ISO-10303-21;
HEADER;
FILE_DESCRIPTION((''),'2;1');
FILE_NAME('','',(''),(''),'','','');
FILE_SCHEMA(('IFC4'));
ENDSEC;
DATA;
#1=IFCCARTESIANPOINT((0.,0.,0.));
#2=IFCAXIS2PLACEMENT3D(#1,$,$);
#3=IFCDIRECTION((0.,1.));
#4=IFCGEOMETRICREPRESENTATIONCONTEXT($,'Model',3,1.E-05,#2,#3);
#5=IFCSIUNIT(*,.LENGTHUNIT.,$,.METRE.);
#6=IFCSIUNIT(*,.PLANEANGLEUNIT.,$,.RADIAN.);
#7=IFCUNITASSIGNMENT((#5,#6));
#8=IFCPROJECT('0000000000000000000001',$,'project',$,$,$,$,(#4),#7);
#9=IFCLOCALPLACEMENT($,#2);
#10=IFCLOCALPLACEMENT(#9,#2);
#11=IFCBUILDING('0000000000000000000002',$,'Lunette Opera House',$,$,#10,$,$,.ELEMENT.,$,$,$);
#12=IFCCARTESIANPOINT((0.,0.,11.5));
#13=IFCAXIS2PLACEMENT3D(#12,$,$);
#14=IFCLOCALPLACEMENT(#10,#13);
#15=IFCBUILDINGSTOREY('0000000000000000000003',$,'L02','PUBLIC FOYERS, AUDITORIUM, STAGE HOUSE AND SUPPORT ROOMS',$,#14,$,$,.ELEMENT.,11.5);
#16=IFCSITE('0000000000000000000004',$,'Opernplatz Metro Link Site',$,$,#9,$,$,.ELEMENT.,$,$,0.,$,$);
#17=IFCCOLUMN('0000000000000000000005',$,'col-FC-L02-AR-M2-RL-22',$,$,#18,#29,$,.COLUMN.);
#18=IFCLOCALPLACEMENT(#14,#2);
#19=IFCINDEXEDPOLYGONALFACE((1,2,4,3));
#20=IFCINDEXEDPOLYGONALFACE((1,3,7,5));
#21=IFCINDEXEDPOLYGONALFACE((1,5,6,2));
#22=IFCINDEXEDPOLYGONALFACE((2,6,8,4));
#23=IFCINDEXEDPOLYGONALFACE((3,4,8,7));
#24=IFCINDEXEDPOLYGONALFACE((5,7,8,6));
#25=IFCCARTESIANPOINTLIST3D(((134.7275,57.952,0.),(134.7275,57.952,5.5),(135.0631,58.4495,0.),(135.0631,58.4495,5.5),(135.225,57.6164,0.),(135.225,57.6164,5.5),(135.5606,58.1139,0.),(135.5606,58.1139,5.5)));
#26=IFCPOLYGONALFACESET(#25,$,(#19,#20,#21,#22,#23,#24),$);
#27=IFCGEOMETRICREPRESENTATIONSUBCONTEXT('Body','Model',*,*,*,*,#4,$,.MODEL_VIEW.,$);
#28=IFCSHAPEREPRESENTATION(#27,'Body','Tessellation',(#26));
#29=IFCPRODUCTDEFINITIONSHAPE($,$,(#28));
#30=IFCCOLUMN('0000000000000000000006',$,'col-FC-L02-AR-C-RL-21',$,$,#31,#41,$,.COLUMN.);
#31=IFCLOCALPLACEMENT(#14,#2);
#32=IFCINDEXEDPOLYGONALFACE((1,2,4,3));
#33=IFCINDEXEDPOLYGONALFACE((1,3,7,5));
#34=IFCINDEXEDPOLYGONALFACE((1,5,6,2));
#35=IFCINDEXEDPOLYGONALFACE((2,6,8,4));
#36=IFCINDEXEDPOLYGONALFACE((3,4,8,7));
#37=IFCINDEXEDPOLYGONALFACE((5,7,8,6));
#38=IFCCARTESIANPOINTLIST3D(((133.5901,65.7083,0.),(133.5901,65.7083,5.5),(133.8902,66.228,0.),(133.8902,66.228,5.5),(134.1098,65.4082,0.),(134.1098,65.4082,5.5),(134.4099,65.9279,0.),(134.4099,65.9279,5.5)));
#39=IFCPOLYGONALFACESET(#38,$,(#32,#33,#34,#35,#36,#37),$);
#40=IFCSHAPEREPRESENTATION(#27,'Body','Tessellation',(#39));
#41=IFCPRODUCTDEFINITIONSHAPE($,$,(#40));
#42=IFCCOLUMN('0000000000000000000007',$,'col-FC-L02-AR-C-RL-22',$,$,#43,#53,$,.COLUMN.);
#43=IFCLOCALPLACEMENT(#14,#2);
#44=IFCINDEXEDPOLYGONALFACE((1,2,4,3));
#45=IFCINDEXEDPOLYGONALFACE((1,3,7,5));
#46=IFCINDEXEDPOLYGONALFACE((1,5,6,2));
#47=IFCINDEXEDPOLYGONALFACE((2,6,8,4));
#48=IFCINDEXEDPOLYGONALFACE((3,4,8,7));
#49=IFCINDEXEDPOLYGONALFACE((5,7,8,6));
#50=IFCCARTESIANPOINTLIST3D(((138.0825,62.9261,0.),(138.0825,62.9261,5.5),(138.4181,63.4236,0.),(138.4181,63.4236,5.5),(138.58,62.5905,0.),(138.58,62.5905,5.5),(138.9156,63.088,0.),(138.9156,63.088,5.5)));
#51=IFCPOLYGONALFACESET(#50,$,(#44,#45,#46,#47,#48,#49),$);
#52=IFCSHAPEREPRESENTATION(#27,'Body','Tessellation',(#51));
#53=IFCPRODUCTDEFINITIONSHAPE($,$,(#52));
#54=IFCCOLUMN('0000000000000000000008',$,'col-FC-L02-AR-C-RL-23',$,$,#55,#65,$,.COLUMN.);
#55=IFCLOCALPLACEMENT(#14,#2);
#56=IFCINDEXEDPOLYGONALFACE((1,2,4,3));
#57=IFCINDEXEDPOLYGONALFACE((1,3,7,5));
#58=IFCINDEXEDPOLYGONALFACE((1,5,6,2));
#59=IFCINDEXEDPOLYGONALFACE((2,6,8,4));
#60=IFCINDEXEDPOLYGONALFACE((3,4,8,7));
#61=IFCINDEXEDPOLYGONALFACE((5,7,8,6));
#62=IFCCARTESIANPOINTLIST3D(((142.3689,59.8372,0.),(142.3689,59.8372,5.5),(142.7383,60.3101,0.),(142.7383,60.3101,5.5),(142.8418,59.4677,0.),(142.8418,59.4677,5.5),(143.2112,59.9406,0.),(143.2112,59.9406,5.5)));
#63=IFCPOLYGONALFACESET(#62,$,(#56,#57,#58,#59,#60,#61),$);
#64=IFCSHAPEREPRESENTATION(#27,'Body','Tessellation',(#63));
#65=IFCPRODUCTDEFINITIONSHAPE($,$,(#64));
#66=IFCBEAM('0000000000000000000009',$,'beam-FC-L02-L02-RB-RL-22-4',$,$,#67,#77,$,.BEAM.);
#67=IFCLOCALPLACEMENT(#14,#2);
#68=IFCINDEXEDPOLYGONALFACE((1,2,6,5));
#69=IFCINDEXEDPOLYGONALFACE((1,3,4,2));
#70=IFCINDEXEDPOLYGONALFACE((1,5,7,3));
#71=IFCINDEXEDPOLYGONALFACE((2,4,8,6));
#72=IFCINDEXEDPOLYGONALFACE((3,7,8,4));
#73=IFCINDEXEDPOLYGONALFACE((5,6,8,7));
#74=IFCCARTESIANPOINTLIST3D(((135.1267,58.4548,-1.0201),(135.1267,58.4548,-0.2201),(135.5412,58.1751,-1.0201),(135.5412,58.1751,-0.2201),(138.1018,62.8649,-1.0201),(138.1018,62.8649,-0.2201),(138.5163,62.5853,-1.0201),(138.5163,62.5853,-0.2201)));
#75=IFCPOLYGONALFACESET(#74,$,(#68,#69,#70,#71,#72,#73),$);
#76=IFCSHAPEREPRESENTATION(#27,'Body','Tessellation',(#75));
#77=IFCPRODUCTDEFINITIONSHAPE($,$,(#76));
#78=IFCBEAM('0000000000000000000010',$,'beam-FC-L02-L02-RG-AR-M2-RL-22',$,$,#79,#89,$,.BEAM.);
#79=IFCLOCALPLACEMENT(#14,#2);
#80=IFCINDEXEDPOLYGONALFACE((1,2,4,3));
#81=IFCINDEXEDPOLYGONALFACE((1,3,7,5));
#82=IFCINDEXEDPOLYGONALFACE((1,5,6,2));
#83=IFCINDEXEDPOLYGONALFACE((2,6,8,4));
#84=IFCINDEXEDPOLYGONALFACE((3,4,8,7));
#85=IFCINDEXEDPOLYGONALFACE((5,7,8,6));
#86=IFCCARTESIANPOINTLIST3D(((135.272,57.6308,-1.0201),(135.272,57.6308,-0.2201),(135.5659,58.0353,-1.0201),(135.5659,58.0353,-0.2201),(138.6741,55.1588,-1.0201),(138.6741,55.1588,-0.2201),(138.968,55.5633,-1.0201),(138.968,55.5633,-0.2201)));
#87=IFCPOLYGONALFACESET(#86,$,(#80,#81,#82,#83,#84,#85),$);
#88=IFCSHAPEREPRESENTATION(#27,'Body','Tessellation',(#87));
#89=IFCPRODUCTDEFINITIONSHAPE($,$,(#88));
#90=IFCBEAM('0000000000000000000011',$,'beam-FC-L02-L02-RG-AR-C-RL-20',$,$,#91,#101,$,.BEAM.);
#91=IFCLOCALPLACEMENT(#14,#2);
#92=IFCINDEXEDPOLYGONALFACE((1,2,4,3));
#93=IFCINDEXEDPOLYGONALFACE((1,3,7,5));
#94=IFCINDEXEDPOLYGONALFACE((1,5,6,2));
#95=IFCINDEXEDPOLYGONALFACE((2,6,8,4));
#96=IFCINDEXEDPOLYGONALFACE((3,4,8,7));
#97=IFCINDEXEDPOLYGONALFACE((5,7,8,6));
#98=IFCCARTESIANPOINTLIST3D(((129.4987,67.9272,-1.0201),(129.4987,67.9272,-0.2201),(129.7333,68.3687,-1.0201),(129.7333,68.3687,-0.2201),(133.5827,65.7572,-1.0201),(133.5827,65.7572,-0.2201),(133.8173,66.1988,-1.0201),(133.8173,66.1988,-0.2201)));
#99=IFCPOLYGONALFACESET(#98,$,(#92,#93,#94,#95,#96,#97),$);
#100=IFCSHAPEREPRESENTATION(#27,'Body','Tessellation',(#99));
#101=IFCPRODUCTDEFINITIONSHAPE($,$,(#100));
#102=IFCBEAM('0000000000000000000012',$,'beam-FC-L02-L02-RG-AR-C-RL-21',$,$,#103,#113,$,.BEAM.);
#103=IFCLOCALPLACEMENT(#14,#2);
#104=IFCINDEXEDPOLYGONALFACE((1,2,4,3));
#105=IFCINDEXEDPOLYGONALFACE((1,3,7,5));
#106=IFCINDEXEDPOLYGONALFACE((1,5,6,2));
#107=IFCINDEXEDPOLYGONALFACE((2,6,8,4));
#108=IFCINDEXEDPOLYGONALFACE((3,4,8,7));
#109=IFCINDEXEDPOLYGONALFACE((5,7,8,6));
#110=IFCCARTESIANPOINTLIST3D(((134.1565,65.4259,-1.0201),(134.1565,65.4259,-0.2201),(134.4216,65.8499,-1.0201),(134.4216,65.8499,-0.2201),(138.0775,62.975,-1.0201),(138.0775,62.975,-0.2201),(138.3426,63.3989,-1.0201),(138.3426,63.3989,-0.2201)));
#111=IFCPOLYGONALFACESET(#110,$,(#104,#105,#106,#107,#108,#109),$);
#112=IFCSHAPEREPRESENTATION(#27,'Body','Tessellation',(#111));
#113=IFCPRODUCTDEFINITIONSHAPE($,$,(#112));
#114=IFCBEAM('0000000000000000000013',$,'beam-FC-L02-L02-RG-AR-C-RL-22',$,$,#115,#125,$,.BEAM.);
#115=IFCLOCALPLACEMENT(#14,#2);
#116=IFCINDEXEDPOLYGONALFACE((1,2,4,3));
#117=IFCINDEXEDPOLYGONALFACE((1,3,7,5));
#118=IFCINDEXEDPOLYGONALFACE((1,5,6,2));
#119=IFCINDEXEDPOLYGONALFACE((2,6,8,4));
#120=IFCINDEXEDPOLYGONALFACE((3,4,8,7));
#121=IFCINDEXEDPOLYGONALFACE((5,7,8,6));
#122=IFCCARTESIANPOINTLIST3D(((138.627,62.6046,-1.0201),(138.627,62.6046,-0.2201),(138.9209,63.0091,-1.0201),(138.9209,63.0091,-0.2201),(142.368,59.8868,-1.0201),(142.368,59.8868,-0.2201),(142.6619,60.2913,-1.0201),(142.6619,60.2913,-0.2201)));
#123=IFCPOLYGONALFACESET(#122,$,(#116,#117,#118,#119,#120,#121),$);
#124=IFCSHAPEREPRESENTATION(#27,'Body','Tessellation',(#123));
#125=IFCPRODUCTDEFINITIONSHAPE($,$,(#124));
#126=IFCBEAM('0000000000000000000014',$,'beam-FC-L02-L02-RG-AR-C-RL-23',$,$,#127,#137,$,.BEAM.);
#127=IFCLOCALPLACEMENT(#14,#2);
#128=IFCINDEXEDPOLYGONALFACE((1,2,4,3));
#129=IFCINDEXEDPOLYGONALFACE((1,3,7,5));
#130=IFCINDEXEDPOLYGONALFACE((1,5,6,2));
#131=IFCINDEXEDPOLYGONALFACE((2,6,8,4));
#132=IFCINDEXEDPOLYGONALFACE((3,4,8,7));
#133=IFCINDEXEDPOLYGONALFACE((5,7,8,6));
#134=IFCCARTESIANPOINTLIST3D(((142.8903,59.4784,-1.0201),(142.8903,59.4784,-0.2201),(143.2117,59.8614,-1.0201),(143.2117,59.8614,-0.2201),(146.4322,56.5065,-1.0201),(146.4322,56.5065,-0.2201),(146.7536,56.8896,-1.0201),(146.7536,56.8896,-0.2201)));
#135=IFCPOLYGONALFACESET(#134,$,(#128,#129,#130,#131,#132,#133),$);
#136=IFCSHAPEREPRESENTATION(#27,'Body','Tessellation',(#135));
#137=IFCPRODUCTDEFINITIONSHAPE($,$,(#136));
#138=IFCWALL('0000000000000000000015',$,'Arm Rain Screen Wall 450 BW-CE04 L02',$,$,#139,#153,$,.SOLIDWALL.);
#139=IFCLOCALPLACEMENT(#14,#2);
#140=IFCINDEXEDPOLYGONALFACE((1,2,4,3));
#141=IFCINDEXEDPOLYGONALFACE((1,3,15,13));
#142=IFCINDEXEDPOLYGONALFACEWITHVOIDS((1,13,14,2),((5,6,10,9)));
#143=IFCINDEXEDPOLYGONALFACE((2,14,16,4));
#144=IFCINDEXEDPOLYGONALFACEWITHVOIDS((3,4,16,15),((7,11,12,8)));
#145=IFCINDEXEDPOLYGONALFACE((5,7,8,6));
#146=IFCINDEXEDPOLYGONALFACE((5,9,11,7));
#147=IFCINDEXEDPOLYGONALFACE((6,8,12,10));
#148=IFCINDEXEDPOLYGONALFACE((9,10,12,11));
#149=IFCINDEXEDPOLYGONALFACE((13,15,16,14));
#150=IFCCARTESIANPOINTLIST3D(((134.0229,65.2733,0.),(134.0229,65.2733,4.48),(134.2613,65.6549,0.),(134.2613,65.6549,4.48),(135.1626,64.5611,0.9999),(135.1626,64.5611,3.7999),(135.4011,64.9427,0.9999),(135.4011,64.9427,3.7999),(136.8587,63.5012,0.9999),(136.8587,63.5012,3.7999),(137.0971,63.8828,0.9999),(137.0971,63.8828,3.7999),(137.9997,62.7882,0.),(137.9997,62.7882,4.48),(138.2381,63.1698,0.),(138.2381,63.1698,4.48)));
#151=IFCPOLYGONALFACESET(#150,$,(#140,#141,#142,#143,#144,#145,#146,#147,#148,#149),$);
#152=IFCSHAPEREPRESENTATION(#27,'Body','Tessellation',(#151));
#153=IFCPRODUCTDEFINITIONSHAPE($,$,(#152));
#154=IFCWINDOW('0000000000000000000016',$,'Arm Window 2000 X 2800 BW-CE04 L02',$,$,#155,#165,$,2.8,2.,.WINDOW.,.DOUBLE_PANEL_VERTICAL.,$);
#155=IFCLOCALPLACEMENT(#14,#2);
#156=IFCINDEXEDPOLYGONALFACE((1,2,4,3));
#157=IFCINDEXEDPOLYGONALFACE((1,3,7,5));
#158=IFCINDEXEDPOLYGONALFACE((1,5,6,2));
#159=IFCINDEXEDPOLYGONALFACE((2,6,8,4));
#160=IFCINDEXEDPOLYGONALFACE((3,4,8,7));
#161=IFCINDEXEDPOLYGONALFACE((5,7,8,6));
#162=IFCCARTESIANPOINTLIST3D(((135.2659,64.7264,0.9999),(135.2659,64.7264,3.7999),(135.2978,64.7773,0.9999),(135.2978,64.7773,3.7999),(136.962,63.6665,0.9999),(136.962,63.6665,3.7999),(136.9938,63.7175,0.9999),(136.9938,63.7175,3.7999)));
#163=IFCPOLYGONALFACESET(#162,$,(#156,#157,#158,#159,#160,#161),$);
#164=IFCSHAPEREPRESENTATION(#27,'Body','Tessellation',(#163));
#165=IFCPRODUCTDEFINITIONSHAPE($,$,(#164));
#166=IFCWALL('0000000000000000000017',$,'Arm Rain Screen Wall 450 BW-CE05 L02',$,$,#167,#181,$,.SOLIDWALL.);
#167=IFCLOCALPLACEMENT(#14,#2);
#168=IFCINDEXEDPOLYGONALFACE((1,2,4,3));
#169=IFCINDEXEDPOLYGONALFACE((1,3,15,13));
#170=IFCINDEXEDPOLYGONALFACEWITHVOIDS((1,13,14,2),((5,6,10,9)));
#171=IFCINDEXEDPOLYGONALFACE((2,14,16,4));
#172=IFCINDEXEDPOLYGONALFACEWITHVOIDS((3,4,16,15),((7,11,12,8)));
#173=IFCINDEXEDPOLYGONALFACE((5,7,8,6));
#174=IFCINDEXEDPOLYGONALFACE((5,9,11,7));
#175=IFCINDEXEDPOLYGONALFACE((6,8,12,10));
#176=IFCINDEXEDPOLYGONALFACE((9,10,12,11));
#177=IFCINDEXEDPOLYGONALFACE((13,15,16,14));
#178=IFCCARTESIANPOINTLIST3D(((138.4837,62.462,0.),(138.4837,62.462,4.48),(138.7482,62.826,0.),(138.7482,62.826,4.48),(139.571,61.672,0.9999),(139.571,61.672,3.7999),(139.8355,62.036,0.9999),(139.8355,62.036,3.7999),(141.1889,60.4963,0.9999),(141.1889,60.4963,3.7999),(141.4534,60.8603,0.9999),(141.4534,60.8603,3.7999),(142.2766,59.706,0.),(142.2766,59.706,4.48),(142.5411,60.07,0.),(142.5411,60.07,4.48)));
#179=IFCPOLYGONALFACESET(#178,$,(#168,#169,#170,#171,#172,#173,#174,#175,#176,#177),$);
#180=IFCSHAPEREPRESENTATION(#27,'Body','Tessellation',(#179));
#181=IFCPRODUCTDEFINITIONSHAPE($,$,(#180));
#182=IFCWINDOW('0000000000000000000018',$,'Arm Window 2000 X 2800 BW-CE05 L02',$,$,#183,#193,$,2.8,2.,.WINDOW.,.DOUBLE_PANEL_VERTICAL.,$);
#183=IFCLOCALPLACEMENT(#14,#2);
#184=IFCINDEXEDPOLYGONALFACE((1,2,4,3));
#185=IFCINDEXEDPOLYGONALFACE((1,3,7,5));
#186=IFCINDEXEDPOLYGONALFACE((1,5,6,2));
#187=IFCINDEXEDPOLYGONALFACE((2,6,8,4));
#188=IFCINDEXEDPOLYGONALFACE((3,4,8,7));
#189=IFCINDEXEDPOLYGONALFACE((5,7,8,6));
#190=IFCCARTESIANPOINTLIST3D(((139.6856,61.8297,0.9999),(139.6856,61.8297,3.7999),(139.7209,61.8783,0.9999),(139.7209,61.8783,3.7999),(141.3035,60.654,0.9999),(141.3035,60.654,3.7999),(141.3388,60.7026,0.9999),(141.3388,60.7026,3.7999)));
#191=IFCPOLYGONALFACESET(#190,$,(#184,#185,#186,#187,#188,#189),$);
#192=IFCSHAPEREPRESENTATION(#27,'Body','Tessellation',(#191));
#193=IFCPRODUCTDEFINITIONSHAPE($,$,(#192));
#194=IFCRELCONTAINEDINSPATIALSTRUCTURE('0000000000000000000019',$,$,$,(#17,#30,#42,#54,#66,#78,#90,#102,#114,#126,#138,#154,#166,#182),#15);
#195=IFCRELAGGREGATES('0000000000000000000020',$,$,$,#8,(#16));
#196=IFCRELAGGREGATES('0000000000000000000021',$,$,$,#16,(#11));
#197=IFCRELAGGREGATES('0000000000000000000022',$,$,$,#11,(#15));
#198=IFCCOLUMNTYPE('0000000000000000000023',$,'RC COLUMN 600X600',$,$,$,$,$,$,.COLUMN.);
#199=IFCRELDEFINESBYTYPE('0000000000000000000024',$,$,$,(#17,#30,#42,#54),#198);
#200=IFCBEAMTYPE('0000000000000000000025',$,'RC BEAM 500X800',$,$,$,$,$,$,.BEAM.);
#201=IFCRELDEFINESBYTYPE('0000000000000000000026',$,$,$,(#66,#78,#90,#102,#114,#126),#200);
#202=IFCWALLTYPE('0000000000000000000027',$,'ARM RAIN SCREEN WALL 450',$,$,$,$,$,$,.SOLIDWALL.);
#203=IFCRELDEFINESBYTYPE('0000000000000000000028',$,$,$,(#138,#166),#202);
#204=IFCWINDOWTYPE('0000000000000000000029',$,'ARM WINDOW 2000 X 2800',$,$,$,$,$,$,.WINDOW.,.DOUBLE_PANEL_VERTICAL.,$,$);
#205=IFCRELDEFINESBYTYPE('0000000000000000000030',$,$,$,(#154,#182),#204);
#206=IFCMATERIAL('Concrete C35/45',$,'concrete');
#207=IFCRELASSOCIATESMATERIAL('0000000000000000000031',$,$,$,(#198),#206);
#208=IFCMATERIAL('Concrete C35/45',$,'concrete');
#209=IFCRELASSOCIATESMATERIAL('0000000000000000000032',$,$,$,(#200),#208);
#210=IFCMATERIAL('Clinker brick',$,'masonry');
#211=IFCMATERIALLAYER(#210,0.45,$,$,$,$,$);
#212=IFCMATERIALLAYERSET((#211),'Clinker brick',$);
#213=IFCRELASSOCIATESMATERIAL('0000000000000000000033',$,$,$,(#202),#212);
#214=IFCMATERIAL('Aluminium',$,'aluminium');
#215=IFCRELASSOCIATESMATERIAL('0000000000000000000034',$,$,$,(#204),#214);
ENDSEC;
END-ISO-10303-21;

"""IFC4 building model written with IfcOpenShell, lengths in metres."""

from ifc_helpers import new_model, si_unit, direction, frame, frame_2d, origin, origin_2d, place, context, subcontext, project, spatial, rectangle, extrude, material, layer, layer_set, material_profile, profile_set, type_object, element, fill, save


model = new_model("IFC4")

# Units and contexts
model_context = context("Model", 3, precision=1e-05, world=origin(), true_north=direction((0.0, 1.0)))
body_context = subcontext(model_context, "Body", "Model", "MODEL_VIEW")
ifc_project = project(units=[si_unit("LENGTHUNIT", "METRE"), si_unit("PLANEANGLEUNIT", "RADIAN")], contexts=[model_context])

# Site, building, storey
site_placement = place(None, origin())
site = spatial("IfcSite", under=ifc_project, at=site_placement, Name="Opernplatz Metro Link Site", CompositionType="ELEMENT", RefElevation=0.0)
building_placement = place(site_placement, origin())
building = spatial("IfcBuilding", under=site, at=building_placement, Name="Lunette Opera House", CompositionType="ELEMENT")
storey_placement = place(building_placement, frame((0.0, 0.0, 11.5)))
storey = spatial("IfcBuildingStorey", under=building, at=storey_placement, Name="L02", Description="PUBLIC FOYERS, AUDITORIUM, STAGE HOUSE AND SUPPORT ROOMS", CompositionType="ELEMENT", Elevation=11.5)

# Columns
ifc_material_1 = material(Name="Concrete C35/45", Category="concrete")
ifc_material_profile_1 = material_profile(ifc_material_1, rectangle(XDim=0.6001, YDim=0.6001, at=origin_2d()), Name="RC COLUMN 600X600")
ifc_profile_set_1 = profile_set([ifc_material_profile_1], Name="Concrete C35/45")
column_type = type_object("IfcColumnType", Name="RC COLUMN 600X600", PredefinedType="COLUMN", material=ifc_profile_set_1)
for number, where, z_axis, x_axis, name in (
    (1, (135.144, 58.033, 0.0), (0.0, 0.0, 1.0), (0.829038, -0.559193, 0.0), "col-FC-L02-AR-M2-RL-22"),
    (2, (134.0, 65.8181, 0.0), (0.0, 0.0, 1.0), (0.866025, -0.5, 0.0), "col-FC-L02-AR-C-RL-21"),
    (3, (138.499, 63.0071, 0.0), (0.0, 0.0, 1.0), (0.829038, -0.559193, 0.0), "col-FC-L02-AR-C-RL-22"),
    (4, (142.79, 59.8889, 0.0), (0.0, 0.0, 1.0), (0.788011, -0.615661, 0.0), "col-FC-L02-AR-C-RL-23"),
):
    element("IfcColumn", number, at=place(storey_placement, frame(where, z_axis=z_axis, x_axis=x_axis)), inside=storey, type_object=column_type, Name=name, PredefinedType="COLUMN", context=body_context, shape_type="SweptSolid", body=[
        extrude(rectangle(XDim=0.6001, YDim=0.6001, at=origin_2d()), origin(), (0.0, 0.0, 1.0), 5.5),
    ])

# Beams
ifc_material_2 = material(Name="Concrete C35/45", Category="concrete")
ifc_material_profile_2 = material_profile(ifc_material_2, rectangle(XDim=0.5, YDim=0.8, at=origin_2d()), Name="RC BEAM 500X800")
ifc_profile_set_2 = profile_set([ifc_material_profile_2], Name="Concrete C35/45")
beam_type = type_object("IfcBeamType", Name="RC BEAM 500X800", PredefinedType="BEAM", material=ifc_profile_set_2)
beam_1_placement = place(storey_placement, frame((135.334, 58.3149, -0.6201), z_axis=(0.559246, 0.829002, 0.0), x_axis=(-0.829002, 0.559246, 0.0)))
element("IfcBeam", 5, at=beam_1_placement, inside=storey, type_object=beam_type, Name="beam-FC-L02-L02-RB-RL-22-4", PredefinedType="BEAM", context=body_context, shape_type="SweptSolid", body=[
    extrude(rectangle(XDim=0.5, YDim=0.8, at=origin_2d()), origin(), (0.0, 0.0, 1.0), 5.3198),
])
beam_2_placement = place(storey_placement, frame((135.4189, 57.833, -0.6201), z_axis=(0.809, -0.587809, 0.0), x_axis=(0.587809, 0.809, 0.0)))
element("IfcBeam", 6, at=beam_2_placement, inside=storey, type_object=beam_type, Name="beam-FC-L02-L02-RG-AR-M2-RL-22", PredefinedType="BEAM", context=body_context, shape_type="SweptSolid", body=[
    extrude(rectangle(XDim=0.5, YDim=0.8, at=origin_2d()), origin(), (0.0, 0.0, 1.0), 4.2053),
])
beam_3_placement = place(storey_placement, frame((129.616, 68.1479, -0.6201), z_axis=(0.883088, -0.469207, 0.0), x_axis=(0.469207, 0.883088, 0.0)))
element("IfcBeam", 7, at=beam_3_placement, inside=storey, type_object=beam_type, Name="beam-FC-L02-L02-RG-AR-C-RL-20", PredefinedType="BEAM", context=body_context, shape_type="SweptSolid", body=[
    extrude(rectangle(XDim=0.5, YDim=0.8, at=origin_2d()), origin(), (0.0, 0.0, 1.0), 4.6248),
])
for number, where, z_axis, x_axis, name in (
    (8, (134.2891, 65.6379, -0.6201), (0.847963, -0.530056, 0.0), (0.530056, 0.847963, 0.0), "beam-FC-L02-L02-RG-AR-C-RL-21"),
    (9, (138.7739, 62.8069, -0.6201), (0.809037, -0.587757, 0.0), (0.587757, 0.809037, 0.0), "beam-FC-L02-L02-RG-AR-C-RL-22"),
):
    element("IfcBeam", number, at=place(storey_placement, frame(where, z_axis=z_axis, x_axis=x_axis)), inside=storey, type_object=beam_type, Name=name, PredefinedType="BEAM", context=body_context, shape_type="SweptSolid", body=[
        extrude(rectangle(XDim=0.5, YDim=0.8, at=origin_2d()), origin(), (0.0, 0.0, 1.0), 4.624),
    ])
beam_4_placement = place(storey_placement, frame((143.051, 59.6699, -0.6201), z_axis=(0.766062, -0.642767, 0.0), x_axis=(0.642767, 0.766062, 0.0)))
element("IfcBeam", 10, at=beam_4_placement, inside=storey, type_object=beam_type, Name="beam-FC-L02-L02-RG-AR-C-RL-23", PredefinedType="BEAM", context=body_context, shape_type="SweptSolid", body=[
    extrude(rectangle(XDim=0.5, YDim=0.8, at=origin_2d()), origin(), (0.0, 0.0, 1.0), 4.6235),
])

# Walls, openings, windows
ifc_material_3 = material(Name="Clinker brick", Category="masonry")
ifc_layer_1 = layer(ifc_material_3, 0.45)
ifc_layer_set_1 = layer_set([ifc_layer_1], Name="Clinker brick")
wall_type_1 = type_object("IfcWallType", Name="ARM RAIN SCREEN WALL 450", PredefinedType="SOLIDWALL", material=ifc_layer_set_1)
wall_1_placement = place(storey_placement, frame((134.1421, 65.4641, 0.0), z_axis=(0.0, 0.0, 1.0), x_axis=(0.848036, -0.529938, 0.0)))
wall_1 = element("IfcWall", 11, at=wall_1_placement, inside=storey, type_object=wall_type_1, Name="Arm Rain Screen Wall 450 BW-CE04 L02", PredefinedType="SOLIDWALL", context=body_context, shape_type="SweptSolid", body=[
    extrude(rectangle(XDim=4.6895, YDim=0.45, at=frame_2d((2.3447, 0.0))), origin(), (0.0, 0.0, 1.0), 4.48),
])
opening_1_placement = place(wall_1_placement, frame((1.344, 0.0, 1.0)))
opening_1 = element("IfcOpeningElement", 12, at=opening_1_placement, cuts=wall_1, PredefinedType="OPENING", context=body_context, shape_type="SweptSolid", body=[
    extrude(rectangle(XDim=2.0, YDim=2.8, at=frame_2d((1.0, 1.3999))), frame((0.0, 0.2371, 0.0), z_axis=(0.0, -1.0, 0.0), x_axis=(1.0, 0.0, 0.0)), (0.0, 0.0, 1.0), 0.4739),
])
ifc_material_4 = material(Name="Aluminium", Category="aluminium")
window_type = type_object("IfcWindowType", Name="ARM WINDOW 2000 X 2800", PartitioningType="DOUBLE_PANEL_VERTICAL", PredefinedType="WINDOW", material=ifc_material_4)
window_1_placement = place(opening_1_placement, origin())
window_1 = element("IfcWindow", 13, at=window_1_placement, inside=storey, type_object=window_type, Name="Arm Window 2000 X 2800 BW-CE04 L02", OverallHeight=2.8, OverallWidth=2.0, PartitioningType="DOUBLE_PANEL_VERTICAL", PredefinedType="WINDOW", context=body_context, shape_type="SweptSolid", body=[
    extrude(rectangle(XDim=2.0, YDim=2.8, at=frame_2d((1.0, 1.3999))), frame((0.0, 0.03, 0.0), z_axis=(0.0, -1.0, 0.0), x_axis=(1.0, 0.0, 0.0)), (0.0, 0.0, 1.0), 0.0601),
])
fill(opening_1, window_1)
wall_2_placement = place(storey_placement, frame((138.616, 62.644, 0.0), z_axis=(0.0, 0.0, 1.0), x_axis=(0.808981, -0.587834, 0.0)))
wall_2 = element("IfcWall", 14, at=wall_2_placement, inside=storey, type_object=wall_type_1, Name="Arm Rain Screen Wall 450 BW-CE05 L02", PredefinedType="SOLIDWALL", context=body_context, shape_type="SweptSolid", body=[
    extrude(rectangle(XDim=4.6885, YDim=0.45, at=frame_2d((2.3442, 0.0))), origin(), (0.0, 0.0, 1.0), 4.48),
])
opening_2_placement = place(wall_2_placement, frame((1.344, 0.0, 1.0)))
opening_2 = element("IfcOpeningElement", 15, at=opening_2_placement, cuts=wall_2, PredefinedType="OPENING", context=body_context, shape_type="SweptSolid", body=[
    extrude(rectangle(XDim=2.0, YDim=2.8, at=frame_2d((1.0, 1.3999))), frame((0.0, 0.2371, 0.0), z_axis=(0.0, -1.0, 0.0), x_axis=(1.0, 0.0, 0.0)), (0.0, 0.0, 1.0), 0.4739),
])
window_2_placement = place(opening_2_placement, origin())
window_2 = element("IfcWindow", 16, at=window_2_placement, inside=storey, type_object=window_type, Name="Arm Window 2000 X 2800 BW-CE05 L02", OverallHeight=2.8, OverallWidth=2.0, PartitioningType="DOUBLE_PANEL_VERTICAL", PredefinedType="WINDOW", context=body_context, shape_type="SweptSolid", body=[
    extrude(rectangle(XDim=2.0, YDim=2.8, at=frame_2d((1.0, 1.3999))), frame((0.0, 0.03, 0.0), z_axis=(0.0, -1.0, 0.0), x_axis=(1.0, 0.0, 0.0)), (0.0, 0.0, 1.0), 0.0601),
])
fill(opening_2, window_2)

save(model, "model.ifc")
